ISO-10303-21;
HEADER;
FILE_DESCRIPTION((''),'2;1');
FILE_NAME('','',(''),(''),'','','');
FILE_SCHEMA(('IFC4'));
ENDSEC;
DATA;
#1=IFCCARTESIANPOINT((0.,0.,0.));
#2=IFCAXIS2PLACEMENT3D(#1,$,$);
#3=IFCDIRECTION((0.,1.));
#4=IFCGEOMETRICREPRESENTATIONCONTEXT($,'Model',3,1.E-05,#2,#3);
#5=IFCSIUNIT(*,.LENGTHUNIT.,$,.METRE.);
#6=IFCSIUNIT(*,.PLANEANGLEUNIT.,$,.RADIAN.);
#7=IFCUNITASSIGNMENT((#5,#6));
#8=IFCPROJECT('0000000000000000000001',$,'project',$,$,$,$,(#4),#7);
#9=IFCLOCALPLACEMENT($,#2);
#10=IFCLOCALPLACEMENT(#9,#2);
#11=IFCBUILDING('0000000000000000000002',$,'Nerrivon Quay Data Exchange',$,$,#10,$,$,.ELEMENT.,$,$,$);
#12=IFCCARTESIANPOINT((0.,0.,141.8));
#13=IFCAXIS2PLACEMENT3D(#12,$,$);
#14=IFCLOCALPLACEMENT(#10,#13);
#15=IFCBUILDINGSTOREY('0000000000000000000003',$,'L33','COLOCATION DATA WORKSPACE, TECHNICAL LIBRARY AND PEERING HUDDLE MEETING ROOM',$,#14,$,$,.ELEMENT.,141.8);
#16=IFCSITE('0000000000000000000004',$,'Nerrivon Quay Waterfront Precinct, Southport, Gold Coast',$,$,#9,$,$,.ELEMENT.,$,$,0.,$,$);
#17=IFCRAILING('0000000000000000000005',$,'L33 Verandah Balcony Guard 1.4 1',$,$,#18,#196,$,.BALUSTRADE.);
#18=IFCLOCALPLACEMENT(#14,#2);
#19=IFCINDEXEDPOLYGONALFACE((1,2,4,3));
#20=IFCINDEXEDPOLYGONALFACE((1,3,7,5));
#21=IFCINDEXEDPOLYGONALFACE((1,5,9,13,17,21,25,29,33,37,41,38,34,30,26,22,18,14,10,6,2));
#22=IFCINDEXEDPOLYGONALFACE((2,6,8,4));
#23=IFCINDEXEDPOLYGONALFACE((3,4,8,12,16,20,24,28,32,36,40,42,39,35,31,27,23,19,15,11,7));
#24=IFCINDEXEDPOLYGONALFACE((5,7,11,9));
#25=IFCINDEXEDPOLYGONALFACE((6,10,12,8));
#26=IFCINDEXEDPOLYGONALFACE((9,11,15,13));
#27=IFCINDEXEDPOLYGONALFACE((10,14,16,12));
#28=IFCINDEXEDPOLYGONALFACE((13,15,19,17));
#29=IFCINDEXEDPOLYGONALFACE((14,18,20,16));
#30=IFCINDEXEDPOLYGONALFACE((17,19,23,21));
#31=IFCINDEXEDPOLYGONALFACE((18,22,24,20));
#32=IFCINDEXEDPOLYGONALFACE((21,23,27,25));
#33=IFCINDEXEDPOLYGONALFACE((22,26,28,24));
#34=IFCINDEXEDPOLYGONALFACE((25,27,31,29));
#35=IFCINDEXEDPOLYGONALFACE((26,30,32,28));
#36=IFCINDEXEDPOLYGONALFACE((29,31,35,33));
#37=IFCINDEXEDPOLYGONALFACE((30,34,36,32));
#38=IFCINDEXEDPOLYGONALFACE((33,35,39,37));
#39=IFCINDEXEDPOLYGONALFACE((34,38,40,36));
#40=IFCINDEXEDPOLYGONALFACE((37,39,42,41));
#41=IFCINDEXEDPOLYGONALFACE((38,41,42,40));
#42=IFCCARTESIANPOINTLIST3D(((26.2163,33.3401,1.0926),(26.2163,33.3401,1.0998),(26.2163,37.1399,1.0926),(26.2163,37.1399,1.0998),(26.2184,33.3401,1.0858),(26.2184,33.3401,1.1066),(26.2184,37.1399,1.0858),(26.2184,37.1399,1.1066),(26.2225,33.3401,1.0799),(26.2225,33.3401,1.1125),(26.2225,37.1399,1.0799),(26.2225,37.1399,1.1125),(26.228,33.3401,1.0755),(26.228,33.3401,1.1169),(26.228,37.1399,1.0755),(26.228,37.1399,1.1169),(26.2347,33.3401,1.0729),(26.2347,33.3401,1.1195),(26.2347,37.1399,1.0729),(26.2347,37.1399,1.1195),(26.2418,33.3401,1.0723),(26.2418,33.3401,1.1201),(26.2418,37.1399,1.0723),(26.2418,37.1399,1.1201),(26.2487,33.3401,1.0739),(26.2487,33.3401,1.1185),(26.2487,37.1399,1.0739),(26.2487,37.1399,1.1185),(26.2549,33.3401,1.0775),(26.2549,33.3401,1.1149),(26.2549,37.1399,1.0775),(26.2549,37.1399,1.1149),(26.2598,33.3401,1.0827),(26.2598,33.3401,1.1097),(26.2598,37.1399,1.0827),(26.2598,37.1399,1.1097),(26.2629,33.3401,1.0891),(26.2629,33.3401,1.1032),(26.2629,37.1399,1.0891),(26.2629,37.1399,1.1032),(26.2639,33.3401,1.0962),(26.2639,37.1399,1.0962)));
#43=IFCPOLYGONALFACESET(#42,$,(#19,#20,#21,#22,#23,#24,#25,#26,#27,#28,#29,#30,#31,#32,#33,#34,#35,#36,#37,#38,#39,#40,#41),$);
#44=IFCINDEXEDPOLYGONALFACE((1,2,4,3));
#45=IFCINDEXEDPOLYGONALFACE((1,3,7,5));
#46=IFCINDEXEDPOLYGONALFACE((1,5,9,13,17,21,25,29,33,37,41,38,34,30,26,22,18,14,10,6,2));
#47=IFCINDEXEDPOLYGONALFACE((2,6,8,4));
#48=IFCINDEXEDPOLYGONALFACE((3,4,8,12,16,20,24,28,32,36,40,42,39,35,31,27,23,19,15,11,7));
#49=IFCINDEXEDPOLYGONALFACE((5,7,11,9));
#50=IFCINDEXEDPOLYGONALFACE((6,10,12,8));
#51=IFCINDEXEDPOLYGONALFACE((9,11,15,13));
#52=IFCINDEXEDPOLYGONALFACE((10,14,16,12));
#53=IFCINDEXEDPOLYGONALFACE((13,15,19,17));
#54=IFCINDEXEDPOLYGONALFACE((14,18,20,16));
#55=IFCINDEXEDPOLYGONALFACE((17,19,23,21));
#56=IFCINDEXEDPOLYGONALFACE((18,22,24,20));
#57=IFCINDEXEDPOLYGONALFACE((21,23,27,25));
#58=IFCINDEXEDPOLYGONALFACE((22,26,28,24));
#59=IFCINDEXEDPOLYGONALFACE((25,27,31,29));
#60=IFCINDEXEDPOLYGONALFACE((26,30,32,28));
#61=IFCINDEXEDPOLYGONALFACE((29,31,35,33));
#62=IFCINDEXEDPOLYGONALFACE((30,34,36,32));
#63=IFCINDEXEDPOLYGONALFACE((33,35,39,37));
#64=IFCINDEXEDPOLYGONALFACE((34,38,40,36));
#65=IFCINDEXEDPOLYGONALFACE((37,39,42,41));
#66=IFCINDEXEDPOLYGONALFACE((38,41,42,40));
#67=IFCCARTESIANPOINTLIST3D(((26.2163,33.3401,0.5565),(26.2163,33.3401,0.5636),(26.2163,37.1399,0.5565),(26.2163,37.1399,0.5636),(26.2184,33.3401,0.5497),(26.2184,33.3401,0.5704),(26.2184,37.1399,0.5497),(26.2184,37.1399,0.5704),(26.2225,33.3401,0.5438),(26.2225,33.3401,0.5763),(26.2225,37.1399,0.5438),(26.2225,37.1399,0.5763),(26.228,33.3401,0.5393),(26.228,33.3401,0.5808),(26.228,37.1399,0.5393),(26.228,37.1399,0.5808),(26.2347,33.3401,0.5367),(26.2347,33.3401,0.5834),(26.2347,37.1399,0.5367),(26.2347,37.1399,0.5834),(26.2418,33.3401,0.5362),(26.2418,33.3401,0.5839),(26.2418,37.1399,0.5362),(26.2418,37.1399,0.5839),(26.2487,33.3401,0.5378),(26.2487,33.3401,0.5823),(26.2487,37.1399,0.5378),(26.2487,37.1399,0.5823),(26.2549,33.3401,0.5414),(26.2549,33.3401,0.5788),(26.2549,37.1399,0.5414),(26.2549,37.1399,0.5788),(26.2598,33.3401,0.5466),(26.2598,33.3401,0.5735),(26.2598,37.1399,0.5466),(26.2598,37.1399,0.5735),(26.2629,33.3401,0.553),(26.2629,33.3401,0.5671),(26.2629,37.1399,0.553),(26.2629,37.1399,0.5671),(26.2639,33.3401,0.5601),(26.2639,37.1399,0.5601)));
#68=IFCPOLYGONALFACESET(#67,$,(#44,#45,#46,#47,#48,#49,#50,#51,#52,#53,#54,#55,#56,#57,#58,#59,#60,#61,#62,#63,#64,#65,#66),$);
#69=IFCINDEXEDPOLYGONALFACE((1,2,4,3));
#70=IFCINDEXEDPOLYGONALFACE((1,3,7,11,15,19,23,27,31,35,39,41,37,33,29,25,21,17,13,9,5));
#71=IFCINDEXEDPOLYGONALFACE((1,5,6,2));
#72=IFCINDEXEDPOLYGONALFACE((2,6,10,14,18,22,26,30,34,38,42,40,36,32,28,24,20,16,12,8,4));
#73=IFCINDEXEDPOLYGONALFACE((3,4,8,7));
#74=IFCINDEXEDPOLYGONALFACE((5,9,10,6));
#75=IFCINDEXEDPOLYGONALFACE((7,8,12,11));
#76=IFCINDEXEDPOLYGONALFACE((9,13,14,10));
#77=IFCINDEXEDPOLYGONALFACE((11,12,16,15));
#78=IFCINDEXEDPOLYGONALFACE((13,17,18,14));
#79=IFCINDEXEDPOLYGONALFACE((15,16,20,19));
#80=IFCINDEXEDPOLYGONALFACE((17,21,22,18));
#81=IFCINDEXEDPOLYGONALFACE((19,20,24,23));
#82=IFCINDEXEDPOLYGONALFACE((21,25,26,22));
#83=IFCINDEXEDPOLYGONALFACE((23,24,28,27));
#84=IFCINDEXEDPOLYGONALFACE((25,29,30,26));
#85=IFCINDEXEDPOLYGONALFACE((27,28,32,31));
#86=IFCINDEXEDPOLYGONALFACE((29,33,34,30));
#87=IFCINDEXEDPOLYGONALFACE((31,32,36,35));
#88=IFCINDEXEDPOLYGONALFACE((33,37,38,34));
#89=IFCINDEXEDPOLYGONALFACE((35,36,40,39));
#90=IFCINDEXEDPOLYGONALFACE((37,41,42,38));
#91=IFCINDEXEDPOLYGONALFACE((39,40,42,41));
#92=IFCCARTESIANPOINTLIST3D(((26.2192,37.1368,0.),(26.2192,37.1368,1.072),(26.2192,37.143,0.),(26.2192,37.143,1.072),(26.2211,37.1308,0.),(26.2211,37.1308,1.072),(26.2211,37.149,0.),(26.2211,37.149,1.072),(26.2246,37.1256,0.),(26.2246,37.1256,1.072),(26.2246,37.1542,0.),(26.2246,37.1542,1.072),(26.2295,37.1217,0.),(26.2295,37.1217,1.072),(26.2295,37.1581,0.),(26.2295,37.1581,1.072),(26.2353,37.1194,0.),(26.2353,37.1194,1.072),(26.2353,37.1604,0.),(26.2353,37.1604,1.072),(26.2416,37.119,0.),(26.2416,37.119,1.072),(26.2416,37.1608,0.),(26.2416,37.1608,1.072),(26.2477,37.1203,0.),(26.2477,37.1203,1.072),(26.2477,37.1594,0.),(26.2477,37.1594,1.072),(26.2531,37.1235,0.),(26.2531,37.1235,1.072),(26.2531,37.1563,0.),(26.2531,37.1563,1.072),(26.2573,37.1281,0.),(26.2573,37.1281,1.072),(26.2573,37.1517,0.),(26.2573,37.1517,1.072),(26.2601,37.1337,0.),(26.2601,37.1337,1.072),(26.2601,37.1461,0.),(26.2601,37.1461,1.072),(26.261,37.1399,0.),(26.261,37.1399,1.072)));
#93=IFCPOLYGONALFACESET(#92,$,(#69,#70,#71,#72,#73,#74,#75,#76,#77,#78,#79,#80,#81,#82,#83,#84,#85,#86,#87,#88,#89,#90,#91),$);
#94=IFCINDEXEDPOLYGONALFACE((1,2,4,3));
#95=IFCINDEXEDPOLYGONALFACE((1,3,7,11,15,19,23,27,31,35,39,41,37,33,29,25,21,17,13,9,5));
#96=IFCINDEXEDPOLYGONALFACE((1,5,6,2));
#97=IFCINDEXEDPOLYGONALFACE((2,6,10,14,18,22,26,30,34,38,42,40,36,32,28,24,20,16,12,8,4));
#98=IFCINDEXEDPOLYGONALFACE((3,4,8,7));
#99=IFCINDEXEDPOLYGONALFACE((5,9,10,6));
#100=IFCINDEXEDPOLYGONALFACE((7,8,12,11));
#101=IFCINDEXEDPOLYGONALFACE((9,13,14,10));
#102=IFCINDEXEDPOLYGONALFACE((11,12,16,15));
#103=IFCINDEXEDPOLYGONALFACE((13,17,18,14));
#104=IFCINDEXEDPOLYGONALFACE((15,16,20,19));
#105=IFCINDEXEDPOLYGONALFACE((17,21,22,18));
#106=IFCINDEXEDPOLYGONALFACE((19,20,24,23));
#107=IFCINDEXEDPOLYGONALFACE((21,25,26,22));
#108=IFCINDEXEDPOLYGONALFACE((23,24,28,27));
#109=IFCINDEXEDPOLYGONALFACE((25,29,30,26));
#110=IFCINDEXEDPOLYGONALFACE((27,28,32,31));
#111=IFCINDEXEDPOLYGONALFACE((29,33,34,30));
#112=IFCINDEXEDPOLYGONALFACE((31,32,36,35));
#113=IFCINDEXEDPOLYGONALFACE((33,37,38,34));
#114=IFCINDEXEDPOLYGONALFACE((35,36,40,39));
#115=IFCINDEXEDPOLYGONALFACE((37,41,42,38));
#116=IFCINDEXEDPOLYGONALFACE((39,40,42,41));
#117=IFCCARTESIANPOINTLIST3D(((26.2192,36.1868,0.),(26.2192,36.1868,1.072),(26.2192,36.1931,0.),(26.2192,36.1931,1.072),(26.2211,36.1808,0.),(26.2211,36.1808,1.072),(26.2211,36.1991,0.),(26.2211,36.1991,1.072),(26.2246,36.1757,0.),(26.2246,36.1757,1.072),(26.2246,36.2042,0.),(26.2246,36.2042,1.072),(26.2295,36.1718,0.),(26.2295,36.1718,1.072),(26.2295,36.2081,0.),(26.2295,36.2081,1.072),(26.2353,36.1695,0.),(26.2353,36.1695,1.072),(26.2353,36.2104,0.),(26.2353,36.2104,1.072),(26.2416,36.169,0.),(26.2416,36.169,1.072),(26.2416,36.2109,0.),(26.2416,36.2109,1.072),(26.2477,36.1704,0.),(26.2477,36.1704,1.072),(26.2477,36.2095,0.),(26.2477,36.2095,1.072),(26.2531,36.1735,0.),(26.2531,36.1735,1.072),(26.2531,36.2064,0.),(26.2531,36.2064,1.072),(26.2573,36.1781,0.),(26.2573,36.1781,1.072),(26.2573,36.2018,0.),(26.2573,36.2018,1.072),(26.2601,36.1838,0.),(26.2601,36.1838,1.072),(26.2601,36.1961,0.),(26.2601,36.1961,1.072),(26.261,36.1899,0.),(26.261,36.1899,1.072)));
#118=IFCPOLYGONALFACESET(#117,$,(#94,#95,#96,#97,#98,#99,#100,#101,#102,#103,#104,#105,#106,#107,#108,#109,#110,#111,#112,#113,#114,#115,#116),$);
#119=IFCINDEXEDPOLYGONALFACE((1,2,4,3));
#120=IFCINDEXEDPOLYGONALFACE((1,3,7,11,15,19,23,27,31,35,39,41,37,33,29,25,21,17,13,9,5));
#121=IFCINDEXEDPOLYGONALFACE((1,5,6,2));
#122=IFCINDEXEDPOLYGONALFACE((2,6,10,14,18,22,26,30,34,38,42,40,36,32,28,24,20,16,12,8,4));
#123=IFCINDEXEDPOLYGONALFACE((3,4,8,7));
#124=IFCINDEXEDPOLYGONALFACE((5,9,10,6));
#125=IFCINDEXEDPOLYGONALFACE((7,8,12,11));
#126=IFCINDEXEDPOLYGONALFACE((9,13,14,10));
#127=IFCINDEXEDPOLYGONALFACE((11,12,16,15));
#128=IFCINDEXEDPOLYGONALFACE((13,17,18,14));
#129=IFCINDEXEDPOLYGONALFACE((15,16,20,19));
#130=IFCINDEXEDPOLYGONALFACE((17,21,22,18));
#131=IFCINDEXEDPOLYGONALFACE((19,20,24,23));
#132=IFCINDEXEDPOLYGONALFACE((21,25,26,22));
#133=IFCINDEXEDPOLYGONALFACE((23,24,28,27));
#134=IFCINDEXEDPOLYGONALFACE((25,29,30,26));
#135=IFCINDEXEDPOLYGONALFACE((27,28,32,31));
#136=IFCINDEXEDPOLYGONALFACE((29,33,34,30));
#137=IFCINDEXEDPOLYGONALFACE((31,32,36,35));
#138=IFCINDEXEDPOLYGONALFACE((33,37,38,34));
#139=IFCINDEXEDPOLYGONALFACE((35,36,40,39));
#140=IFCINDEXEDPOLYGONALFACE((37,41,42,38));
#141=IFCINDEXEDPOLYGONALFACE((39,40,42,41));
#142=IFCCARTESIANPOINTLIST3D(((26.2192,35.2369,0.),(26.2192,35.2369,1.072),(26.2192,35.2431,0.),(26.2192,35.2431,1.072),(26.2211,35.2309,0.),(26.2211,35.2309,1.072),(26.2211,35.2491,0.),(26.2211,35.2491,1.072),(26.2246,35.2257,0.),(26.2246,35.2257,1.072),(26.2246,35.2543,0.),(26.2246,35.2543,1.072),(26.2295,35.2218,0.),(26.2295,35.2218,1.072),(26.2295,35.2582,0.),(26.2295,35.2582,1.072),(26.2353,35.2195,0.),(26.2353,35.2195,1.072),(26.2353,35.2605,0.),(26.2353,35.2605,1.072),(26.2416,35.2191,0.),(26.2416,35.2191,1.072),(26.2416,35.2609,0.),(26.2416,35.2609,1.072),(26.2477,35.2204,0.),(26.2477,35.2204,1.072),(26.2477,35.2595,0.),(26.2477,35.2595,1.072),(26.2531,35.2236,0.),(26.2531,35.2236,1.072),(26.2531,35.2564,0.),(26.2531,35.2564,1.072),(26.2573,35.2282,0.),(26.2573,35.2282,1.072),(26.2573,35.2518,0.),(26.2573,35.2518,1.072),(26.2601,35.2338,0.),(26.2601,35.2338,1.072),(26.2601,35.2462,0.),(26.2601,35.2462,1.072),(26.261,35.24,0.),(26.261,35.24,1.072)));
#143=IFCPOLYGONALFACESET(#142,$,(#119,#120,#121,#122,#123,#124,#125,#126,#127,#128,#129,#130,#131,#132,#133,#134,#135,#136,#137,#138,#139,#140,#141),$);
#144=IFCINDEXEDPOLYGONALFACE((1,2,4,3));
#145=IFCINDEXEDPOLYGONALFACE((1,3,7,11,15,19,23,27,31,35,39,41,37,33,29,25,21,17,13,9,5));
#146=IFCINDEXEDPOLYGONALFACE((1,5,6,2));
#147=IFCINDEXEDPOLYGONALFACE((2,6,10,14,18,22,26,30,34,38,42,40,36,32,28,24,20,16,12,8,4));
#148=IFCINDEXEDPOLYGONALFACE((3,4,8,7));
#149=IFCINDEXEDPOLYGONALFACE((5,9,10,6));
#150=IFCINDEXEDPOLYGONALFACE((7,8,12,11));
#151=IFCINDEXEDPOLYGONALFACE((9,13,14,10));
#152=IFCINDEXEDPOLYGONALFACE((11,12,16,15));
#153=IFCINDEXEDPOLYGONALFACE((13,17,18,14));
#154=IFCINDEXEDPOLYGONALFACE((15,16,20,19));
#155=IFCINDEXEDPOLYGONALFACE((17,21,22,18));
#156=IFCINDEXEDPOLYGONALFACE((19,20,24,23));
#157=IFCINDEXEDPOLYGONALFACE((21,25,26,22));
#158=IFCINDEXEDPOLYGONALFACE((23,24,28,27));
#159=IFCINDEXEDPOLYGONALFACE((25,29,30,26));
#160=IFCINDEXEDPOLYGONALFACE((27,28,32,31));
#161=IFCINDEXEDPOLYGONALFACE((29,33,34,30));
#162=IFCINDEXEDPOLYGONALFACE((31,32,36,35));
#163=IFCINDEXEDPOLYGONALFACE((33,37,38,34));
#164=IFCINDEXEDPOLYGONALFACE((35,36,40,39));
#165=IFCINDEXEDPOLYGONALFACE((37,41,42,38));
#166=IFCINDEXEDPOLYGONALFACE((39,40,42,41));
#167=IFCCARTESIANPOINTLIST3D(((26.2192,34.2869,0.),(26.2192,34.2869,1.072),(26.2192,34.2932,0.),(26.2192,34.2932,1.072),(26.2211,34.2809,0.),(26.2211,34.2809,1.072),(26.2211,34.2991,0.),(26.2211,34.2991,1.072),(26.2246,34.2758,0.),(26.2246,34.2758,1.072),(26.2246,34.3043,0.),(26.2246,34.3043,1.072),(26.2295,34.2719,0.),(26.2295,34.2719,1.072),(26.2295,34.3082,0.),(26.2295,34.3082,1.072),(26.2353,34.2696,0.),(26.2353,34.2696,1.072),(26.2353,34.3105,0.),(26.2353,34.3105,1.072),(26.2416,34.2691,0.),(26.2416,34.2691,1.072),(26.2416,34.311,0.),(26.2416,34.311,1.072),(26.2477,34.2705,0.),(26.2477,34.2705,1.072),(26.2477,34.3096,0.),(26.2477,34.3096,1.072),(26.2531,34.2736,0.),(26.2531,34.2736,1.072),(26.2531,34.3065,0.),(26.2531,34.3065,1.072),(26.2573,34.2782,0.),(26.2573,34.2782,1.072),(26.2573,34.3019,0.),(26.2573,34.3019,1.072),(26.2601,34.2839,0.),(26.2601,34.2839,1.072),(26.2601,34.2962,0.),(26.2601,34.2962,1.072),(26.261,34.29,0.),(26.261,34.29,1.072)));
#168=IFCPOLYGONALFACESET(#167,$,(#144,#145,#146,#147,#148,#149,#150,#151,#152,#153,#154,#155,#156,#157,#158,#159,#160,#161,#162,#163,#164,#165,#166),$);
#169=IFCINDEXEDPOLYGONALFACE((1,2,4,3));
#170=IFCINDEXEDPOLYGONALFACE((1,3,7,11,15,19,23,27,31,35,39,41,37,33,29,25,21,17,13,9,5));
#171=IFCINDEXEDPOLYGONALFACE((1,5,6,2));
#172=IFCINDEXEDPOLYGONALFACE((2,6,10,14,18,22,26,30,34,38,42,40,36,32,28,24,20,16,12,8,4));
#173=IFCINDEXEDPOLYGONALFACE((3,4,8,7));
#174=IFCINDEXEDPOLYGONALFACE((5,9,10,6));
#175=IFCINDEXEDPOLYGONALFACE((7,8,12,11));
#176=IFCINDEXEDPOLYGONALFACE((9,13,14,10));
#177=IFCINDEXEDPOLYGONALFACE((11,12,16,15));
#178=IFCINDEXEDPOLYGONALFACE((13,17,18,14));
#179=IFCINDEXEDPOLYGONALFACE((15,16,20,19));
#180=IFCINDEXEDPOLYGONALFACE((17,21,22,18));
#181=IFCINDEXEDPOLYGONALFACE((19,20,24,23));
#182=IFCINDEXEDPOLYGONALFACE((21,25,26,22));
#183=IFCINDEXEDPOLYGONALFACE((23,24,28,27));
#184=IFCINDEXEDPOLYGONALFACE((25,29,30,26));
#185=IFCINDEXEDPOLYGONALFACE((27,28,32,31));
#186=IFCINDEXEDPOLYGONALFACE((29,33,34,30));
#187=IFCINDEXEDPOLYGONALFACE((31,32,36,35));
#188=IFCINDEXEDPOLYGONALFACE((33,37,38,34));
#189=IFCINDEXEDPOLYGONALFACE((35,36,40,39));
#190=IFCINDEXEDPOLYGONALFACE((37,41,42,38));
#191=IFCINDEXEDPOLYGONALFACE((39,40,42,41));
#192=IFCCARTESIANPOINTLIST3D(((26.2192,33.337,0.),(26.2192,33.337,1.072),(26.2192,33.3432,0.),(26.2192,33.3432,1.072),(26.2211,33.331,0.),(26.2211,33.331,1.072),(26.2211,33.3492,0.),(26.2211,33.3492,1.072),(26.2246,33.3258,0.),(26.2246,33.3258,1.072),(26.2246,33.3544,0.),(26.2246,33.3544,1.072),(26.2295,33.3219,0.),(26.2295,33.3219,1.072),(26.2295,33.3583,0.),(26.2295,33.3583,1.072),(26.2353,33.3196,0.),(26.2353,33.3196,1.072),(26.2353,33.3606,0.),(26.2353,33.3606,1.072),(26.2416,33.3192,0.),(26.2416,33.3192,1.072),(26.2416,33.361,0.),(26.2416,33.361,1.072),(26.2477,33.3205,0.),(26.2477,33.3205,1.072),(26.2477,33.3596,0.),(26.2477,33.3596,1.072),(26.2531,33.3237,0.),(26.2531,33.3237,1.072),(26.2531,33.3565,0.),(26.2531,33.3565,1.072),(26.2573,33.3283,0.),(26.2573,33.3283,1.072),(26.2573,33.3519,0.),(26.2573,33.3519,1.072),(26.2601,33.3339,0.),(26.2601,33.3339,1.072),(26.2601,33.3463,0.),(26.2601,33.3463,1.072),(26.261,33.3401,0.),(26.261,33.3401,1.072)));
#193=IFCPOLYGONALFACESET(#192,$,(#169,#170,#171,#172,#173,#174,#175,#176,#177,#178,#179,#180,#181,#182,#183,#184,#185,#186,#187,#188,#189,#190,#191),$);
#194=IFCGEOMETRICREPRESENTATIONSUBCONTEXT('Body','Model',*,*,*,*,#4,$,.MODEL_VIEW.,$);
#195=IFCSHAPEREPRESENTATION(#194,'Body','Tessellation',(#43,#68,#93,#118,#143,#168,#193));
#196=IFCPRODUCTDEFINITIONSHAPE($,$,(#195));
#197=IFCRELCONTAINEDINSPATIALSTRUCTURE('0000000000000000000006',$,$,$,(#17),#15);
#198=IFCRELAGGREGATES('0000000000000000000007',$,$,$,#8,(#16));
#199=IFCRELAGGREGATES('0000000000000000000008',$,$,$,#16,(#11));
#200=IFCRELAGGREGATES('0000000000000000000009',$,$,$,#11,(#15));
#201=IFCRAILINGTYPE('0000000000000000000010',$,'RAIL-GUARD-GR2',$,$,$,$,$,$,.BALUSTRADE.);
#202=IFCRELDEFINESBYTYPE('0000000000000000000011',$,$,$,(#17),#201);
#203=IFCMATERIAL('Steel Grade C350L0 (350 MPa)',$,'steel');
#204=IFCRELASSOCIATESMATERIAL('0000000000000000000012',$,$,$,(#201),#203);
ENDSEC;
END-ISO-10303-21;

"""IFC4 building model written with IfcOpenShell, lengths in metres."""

from ifc_helpers import new_model, si_unit, direction, frame, origin, origin_2d, place, context, subcontext, project, spatial, circle, extrude, material, type_object, element, save


model = new_model("IFC4")

# Units and contexts
model_context = context("Model", 3, precision=1e-05, world=origin(), true_north=direction((0.0, 1.0)))
body_context = subcontext(model_context, "Body", "Model", "MODEL_VIEW")
ifc_project = project(units=[si_unit("LENGTHUNIT", "METRE"), si_unit("PLANEANGLEUNIT", "RADIAN")], contexts=[model_context])

# Site, building, storey
site_placement = place(None, origin())
site = spatial("IfcSite", under=ifc_project, at=site_placement, Name="Nerrivon Quay Waterfront Precinct, Southport, Gold Coast", CompositionType="ELEMENT", RefElevation=0.0)
building_placement = place(site_placement, origin())
building = spatial("IfcBuilding", under=site, at=building_placement, Name="Nerrivon Quay Data Exchange", CompositionType="ELEMENT")
storey_placement = place(building_placement, frame((0.0, 0.0, 141.8)))
storey = spatial("IfcBuildingStorey", under=building, at=storey_placement, Name="L33", Description="COLOCATION DATA WORKSPACE, TECHNICAL LIBRARY AND PEERING HUDDLE MEETING ROOM", CompositionType="ELEMENT", Elevation=141.8)

# Railing
ifc_material_1 = material(Name="Steel Grade C350L0 (350 MPa)", Category="steel")
railing_type = type_object("IfcRailingType", Name="RAIL-GUARD-GR2", PredefinedType="BALUSTRADE", material=ifc_material_1)
railing_1_placement = place(storey_placement, frame((26.24, 37.1399, 0.0)))
element("IfcRailing", 1, at=railing_1_placement, inside=storey, type_object=railing_type, Name="L33 Verandah Balcony Guard 1.4 1", PredefinedType="BALUSTRADE", context=body_context, shape_type="SweptSolid", body=[
    extrude(circle(Radius=0.0239, at=origin_2d()), frame((0.0, 0.0, 1.0962), z_axis=(0.0, -1.0, 0.0), x_axis=(1.0, 0.0, 0.0)), (0.0, 0.0, 1.0), 3.7998),
    extrude(circle(Radius=0.0239, at=origin_2d()), frame((0.0, 0.0, 0.5601), z_axis=(0.0, -1.0, 0.0), x_axis=(1.0, 0.0, 0.0)), (0.0, 0.0, 1.0), 3.7998),
    extrude(circle(Radius=0.021, at=origin_2d()), origin(), (0.0, 0.0, 1.0), 1.072),
    extrude(circle(Radius=0.021, at=origin_2d()), frame((0.0, -0.95, 0.0)), (0.0, 0.0, 1.0), 1.072),
    extrude(circle(Radius=0.021, at=origin_2d()), frame((0.0, -1.8999, 0.0)), (0.0, 0.0, 1.0), 1.072),
    extrude(circle(Radius=0.021, at=origin_2d()), frame((0.0, -2.8499, 0.0)), (0.0, 0.0, 1.0), 1.072),
    extrude(circle(Radius=0.021, at=origin_2d()), frame((0.0, -3.7998, 0.0)), (0.0, 0.0, 1.0), 1.072),
])

save(model, "model.ifc")
